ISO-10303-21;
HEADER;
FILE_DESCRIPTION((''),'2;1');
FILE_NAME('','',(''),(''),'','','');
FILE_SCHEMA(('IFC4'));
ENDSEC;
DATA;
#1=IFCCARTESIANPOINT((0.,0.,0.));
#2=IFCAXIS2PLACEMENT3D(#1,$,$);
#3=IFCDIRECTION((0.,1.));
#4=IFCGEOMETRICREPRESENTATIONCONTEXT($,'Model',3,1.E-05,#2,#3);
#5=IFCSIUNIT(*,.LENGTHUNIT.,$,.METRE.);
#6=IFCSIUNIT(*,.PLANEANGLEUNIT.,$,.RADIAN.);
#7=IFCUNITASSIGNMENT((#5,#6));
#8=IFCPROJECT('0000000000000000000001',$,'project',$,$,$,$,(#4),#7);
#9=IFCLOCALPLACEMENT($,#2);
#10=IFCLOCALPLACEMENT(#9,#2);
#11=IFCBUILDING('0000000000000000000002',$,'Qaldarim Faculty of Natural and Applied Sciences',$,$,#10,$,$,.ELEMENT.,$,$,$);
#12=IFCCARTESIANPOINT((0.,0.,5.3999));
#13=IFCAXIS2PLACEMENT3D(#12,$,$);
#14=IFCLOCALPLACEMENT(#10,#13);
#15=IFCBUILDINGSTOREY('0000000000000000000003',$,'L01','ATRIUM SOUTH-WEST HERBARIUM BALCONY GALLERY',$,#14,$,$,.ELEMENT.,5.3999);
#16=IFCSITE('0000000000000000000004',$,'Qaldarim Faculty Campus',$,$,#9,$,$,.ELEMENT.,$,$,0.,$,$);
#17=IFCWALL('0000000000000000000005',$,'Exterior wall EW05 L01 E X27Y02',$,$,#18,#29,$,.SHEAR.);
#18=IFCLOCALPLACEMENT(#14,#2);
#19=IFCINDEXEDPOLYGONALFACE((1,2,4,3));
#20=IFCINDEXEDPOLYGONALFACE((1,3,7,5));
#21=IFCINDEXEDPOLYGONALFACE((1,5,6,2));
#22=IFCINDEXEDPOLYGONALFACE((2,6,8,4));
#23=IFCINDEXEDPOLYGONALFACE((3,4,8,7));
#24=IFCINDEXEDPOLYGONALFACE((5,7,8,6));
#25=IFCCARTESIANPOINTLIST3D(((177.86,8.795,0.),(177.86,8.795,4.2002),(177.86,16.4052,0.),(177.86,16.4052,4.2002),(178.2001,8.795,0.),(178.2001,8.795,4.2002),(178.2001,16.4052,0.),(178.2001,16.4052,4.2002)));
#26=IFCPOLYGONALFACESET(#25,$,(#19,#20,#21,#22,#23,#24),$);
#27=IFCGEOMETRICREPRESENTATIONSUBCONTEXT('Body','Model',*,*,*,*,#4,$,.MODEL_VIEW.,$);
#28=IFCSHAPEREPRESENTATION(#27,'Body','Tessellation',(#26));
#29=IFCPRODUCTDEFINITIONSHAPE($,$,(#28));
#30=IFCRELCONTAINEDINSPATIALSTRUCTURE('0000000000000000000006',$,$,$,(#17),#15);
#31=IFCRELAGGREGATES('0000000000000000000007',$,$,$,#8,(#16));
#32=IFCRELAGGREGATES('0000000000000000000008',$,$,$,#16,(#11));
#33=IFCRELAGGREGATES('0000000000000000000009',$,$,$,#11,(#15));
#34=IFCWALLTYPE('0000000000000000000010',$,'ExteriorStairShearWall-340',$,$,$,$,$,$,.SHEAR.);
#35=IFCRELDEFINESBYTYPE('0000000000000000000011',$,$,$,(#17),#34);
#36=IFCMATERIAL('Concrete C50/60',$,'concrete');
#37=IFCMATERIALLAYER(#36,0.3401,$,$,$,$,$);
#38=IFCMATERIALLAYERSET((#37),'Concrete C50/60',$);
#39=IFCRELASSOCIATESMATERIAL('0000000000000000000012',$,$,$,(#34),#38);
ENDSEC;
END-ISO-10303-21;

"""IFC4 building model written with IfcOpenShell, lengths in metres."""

from ifc_helpers import new_model, si_unit, direction, frame, frame_2d, origin, place, context, subcontext, project, spatial, rectangle, extrude, material, layer, layer_set, type_object, element, save


model = new_model("IFC4")

# Units and contexts
model_context = context("Model", 3, precision=1e-05, world=origin(), true_north=direction((0.0, 1.0)))
body_context = subcontext(model_context, "Body", "Model", "MODEL_VIEW")
ifc_project = project(units=[si_unit("LENGTHUNIT", "METRE"), si_unit("PLANEANGLEUNIT", "RADIAN")], contexts=[model_context])

# Site, building, storey
site_placement = place(None, origin())
site = spatial("IfcSite", under=ifc_project, at=site_placement, Name="Qaldarim Faculty Campus", CompositionType="ELEMENT", RefElevation=0.0)
building_placement = place(site_placement, origin())
building = spatial("IfcBuilding", under=site, at=building_placement, Name="Qaldarim Faculty of Natural and Applied Sciences", CompositionType="ELEMENT")
storey_placement = place(building_placement, frame((0.0, 0.0, 5.3999)))
storey = spatial("IfcBuildingStorey", under=building, at=storey_placement, Name="L01", Description="ATRIUM SOUTH-WEST HERBARIUM BALCONY GALLERY", CompositionType="ELEMENT", Elevation=5.3999)

# Shared definitions
ifc_material_1 = material(Name="Concrete C50/60", Category="concrete")

# Wall
ifc_layer_1 = layer(ifc_material_1, 0.3401)
ifc_layer_set_1 = layer_set([ifc_layer_1], Name="Concrete C50/60")
wall_type_1 = type_object("IfcWallType", Name="ExteriorStairShearWall-340", PredefinedType="SHEAR", material=ifc_layer_set_1)
wall_1_placement = place(storey_placement, frame((178.03, 8.7949, 0.0), z_axis=(0.0, 0.0, 1.0), x_axis=(0.0, 1.0, 0.0)))
element("IfcWall", 1, at=wall_1_placement, inside=storey, type_object=wall_type_1, Name="Exterior wall EW05 L01 E X27Y02", PredefinedType="SHEAR", context=body_context, shape_type="SweptSolid", body=[
    extrude(rectangle(XDim=7.6101, YDim=0.3401, at=frame_2d((3.8052, 0.0))), origin(), (0.0, 0.0, 1.0), 4.2002),
])

save(model, "model.ifc")
